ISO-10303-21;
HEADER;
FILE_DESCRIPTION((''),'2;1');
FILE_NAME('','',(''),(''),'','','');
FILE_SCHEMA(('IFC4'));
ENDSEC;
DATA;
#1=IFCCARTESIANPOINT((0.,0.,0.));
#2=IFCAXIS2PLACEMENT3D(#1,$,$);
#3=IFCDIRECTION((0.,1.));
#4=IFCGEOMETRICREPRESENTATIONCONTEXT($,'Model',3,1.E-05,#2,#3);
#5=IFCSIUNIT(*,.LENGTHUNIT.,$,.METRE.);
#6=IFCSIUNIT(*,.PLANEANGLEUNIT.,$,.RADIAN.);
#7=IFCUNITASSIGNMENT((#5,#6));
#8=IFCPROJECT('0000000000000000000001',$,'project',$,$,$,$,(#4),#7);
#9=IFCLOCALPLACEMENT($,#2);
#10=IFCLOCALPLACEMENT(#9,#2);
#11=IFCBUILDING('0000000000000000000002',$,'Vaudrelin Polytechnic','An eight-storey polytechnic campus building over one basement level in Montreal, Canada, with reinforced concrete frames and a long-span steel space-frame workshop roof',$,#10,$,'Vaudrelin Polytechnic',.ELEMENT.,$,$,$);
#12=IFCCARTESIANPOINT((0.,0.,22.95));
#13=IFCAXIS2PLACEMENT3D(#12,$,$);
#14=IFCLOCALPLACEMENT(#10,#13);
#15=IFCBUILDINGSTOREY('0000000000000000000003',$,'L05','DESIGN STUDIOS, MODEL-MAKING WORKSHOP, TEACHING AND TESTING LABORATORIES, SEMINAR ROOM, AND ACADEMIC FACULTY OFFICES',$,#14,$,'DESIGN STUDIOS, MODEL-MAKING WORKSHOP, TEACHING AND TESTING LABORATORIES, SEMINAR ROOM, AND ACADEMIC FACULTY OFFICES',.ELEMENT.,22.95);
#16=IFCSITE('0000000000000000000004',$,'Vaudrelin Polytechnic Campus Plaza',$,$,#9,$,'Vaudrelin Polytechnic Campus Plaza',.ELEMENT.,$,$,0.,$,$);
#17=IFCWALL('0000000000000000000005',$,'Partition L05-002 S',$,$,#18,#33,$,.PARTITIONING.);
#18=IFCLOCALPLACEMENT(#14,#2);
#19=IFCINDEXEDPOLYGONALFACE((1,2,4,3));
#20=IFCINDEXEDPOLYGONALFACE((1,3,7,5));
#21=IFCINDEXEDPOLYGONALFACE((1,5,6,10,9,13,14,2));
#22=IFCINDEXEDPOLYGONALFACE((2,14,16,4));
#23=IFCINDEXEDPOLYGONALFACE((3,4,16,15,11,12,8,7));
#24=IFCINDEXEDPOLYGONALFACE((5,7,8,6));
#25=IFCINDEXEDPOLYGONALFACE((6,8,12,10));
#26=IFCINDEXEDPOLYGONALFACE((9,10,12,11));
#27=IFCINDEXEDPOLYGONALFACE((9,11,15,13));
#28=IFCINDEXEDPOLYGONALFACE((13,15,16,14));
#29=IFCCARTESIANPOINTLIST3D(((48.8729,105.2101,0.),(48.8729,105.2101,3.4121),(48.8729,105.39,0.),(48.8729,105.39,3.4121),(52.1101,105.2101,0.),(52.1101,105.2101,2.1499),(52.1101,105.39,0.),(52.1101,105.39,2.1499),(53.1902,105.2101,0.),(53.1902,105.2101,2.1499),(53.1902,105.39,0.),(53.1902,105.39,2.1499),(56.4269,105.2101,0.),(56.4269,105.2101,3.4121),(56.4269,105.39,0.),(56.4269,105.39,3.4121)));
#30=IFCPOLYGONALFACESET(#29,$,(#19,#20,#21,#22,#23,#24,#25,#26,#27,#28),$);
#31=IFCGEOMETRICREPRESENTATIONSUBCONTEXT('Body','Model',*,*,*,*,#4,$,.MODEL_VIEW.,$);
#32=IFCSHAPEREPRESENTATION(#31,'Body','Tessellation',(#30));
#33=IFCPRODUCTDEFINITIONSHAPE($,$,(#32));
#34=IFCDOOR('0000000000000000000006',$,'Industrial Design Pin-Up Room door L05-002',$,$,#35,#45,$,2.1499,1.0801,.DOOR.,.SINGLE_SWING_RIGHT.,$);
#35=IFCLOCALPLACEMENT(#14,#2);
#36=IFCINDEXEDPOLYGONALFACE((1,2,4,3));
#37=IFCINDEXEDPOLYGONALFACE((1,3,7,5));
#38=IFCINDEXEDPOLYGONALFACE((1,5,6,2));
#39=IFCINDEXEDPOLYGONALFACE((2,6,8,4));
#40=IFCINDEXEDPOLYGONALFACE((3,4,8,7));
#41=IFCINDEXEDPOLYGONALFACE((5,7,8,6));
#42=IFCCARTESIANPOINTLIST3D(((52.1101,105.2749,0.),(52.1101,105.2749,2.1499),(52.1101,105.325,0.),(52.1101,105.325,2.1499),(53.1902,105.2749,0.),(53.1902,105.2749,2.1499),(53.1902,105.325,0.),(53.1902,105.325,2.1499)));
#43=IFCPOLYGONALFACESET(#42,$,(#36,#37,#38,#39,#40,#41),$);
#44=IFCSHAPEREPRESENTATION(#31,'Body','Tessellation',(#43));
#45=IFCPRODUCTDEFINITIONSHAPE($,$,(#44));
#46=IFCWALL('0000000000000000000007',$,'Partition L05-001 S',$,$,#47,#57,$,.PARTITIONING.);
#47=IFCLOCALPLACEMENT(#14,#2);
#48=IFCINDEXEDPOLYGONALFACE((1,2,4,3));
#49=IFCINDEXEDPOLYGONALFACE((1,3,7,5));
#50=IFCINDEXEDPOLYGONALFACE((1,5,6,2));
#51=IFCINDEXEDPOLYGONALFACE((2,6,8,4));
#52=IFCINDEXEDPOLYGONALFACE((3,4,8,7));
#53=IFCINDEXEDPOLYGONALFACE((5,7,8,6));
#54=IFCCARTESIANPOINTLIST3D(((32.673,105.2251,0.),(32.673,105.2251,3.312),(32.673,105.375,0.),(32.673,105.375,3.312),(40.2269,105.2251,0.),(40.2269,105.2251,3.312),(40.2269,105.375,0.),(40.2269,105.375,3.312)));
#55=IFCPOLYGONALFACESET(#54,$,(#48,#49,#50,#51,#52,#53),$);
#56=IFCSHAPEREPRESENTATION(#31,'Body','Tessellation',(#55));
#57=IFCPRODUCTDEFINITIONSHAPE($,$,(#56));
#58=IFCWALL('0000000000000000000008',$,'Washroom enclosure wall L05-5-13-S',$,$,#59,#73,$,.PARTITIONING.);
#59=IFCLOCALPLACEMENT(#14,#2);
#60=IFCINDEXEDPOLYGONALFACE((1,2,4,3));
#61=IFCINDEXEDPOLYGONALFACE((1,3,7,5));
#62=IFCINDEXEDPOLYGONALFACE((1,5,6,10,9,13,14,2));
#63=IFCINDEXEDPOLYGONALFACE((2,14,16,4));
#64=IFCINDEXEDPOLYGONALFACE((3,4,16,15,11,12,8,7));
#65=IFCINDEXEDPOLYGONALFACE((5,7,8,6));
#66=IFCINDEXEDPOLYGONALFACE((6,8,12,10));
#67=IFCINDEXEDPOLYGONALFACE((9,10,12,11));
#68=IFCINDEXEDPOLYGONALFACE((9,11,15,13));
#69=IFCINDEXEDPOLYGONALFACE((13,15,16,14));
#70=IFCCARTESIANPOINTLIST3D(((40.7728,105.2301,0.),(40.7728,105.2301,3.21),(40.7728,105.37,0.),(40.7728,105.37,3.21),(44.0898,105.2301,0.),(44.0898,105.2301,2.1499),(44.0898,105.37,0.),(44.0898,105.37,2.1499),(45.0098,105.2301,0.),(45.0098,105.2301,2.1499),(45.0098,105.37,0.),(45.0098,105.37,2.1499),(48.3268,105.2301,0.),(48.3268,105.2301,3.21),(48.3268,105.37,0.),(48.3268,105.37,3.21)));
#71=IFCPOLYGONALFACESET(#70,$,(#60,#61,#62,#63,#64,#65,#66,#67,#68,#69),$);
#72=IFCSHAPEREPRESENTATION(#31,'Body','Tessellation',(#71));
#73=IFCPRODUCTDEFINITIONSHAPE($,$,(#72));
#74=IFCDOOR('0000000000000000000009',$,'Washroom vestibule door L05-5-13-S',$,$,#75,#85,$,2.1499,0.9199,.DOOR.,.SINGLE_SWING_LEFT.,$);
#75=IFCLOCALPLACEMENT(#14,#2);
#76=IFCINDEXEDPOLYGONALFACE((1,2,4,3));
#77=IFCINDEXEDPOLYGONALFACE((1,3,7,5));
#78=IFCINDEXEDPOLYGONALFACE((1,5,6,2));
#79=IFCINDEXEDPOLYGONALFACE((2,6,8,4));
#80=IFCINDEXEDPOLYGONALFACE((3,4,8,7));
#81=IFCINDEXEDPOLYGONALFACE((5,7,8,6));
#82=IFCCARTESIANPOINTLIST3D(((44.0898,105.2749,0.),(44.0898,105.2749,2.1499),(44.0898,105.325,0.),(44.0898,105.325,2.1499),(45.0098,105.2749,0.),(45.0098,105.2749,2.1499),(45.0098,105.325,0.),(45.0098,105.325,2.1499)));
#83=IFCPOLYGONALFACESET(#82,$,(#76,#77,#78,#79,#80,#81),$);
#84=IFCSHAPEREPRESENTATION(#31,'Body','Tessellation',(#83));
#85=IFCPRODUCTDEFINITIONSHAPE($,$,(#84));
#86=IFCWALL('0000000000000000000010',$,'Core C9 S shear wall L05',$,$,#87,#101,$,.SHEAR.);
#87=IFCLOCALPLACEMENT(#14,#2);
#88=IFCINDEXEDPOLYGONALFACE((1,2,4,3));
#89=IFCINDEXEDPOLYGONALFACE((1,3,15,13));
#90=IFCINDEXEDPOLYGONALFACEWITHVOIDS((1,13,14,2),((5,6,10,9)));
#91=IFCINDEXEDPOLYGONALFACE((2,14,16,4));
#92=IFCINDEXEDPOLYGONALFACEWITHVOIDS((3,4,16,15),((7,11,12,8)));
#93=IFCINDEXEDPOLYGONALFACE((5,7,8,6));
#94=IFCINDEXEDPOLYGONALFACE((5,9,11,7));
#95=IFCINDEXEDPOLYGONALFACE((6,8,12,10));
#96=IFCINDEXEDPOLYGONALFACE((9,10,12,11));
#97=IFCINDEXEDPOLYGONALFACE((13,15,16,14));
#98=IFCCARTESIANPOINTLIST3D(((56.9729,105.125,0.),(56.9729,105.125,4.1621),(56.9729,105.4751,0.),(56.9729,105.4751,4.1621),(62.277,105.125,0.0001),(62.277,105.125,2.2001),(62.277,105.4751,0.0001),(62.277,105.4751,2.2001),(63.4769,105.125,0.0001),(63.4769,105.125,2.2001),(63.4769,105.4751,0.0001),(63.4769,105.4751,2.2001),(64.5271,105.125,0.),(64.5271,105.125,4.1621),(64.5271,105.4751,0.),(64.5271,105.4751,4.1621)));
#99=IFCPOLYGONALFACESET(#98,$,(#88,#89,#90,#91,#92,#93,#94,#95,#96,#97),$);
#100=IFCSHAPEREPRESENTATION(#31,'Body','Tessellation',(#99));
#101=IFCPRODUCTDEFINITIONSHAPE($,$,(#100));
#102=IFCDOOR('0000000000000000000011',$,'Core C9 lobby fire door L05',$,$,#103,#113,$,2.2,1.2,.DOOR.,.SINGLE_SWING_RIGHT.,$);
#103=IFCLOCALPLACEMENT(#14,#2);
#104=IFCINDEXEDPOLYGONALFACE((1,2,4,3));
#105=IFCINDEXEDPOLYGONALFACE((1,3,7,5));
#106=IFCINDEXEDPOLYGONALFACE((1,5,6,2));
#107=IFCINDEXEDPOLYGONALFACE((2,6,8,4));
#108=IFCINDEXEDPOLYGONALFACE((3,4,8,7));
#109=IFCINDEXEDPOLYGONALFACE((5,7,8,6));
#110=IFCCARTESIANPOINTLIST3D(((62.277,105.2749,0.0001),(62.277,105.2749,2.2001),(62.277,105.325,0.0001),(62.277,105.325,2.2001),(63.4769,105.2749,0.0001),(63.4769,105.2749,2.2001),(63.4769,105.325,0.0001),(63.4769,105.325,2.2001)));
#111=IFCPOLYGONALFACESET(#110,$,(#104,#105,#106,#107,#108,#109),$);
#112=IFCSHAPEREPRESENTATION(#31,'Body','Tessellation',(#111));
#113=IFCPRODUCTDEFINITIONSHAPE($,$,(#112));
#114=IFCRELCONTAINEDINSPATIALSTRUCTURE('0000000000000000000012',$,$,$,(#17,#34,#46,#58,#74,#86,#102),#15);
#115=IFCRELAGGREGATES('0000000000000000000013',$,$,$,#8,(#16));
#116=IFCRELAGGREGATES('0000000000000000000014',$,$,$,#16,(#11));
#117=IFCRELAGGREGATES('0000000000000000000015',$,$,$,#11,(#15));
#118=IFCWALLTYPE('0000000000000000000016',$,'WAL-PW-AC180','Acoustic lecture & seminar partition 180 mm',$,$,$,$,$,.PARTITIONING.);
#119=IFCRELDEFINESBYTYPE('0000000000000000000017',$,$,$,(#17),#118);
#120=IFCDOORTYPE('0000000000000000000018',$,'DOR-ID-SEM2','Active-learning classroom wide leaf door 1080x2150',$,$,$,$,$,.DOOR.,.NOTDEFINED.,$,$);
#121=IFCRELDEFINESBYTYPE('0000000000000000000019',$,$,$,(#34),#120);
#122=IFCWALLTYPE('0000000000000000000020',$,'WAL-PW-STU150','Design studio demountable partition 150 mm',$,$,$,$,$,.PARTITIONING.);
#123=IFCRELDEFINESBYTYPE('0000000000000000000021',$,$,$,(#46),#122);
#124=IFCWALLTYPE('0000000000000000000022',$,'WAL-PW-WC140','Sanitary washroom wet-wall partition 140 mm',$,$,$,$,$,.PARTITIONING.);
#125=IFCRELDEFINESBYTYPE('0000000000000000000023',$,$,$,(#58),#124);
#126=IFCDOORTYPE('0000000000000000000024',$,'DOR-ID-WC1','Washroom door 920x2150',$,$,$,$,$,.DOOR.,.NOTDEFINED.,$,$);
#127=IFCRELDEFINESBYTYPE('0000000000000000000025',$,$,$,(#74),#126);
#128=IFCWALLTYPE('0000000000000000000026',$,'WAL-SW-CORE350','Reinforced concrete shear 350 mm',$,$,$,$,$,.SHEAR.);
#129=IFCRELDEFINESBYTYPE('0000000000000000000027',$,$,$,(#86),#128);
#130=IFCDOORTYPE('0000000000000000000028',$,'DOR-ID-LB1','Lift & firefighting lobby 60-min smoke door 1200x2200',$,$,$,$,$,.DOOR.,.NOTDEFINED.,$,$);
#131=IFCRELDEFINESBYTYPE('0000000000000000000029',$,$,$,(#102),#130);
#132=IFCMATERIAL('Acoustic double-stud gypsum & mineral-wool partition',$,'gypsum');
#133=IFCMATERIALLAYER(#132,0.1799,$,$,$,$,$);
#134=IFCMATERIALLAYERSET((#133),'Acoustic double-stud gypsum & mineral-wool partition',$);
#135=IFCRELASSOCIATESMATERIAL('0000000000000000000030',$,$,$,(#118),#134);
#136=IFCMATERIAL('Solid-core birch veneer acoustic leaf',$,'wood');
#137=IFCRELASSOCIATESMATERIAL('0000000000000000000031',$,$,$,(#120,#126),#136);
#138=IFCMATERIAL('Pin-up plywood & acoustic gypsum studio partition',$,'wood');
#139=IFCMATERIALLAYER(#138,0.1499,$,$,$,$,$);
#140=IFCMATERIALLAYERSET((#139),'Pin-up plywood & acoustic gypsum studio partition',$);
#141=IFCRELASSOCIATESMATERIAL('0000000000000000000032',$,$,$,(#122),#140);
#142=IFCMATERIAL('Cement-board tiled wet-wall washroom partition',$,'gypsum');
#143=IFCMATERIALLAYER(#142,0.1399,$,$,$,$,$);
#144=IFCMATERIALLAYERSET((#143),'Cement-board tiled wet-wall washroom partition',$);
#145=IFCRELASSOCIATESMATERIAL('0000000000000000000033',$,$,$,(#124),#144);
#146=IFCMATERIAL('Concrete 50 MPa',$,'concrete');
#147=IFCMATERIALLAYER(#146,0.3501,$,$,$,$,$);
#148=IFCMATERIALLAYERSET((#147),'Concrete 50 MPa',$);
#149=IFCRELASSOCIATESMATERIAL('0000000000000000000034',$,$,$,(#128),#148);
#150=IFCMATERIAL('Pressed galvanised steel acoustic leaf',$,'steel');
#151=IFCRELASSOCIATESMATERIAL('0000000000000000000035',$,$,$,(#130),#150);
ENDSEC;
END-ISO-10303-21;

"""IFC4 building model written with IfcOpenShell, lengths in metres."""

from ifc_helpers import new_model, si_unit, direction, frame, frame_2d, origin, place, context, subcontext, project, spatial, rectangle, extrude, material, layer, layer_set, type_object, element, fill, save


model = new_model("IFC4")

# Units and contexts
model_context = context("Model", 3, precision=1e-05, world=origin(), true_north=direction((0.0, 1.0)))
body_context = subcontext(model_context, "Body", "Model", "MODEL_VIEW")
ifc_project = project(units=[si_unit("LENGTHUNIT", "METRE"), si_unit("PLANEANGLEUNIT", "RADIAN")], contexts=[model_context])

# Site, building, storey
site_placement = place(None, origin())
site = spatial("IfcSite", under=ifc_project, at=site_placement, Name="Vaudrelin Polytechnic Campus Plaza", LongName="Vaudrelin Polytechnic Campus Plaza", CompositionType="ELEMENT", RefElevation=0.0)
building_placement = place(site_placement, origin())
building = spatial("IfcBuilding", under=site, at=building_placement, Name="Vaudrelin Polytechnic", Description="An eight-storey polytechnic campus building over one basement level in Montreal, Canada, with reinforced concrete frames and a long-span steel space-frame workshop roof", LongName="Vaudrelin Polytechnic", CompositionType="ELEMENT")
storey_placement = place(building_placement, frame((0.0, 0.0, 22.95)))
storey = spatial("IfcBuildingStorey", under=building, at=storey_placement, Name="L05", Description="DESIGN STUDIOS, MODEL-MAKING WORKSHOP, TEACHING AND TESTING LABORATORIES, SEMINAR ROOM, AND ACADEMIC FACULTY OFFICES", LongName="DESIGN STUDIOS, MODEL-MAKING WORKSHOP, TEACHING AND TESTING LABORATORIES, SEMINAR ROOM, AND ACADEMIC FACULTY OFFICES", CompositionType="ELEMENT", Elevation=22.95)

# Shared definitions
ifc_material_1 = material(Name="Concrete 50 MPa", Category="concrete")

# Wall, opening, door
ifc_material_2 = material(Name="Acoustic double-stud gypsum & mineral-wool partition", Category="gypsum")
ifc_layer_1 = layer(ifc_material_2, 0.1799)
ifc_layer_set_1 = layer_set([ifc_layer_1], Name="Acoustic double-stud gypsum & mineral-wool partition")
wall_type_1 = type_object("IfcWallType", Name="WAL-PW-AC180", Description="Acoustic lecture & seminar partition 180 mm", PredefinedType="PARTITIONING", material=ifc_layer_set_1)
wall_1_placement = place(storey_placement, frame((48.873, 105.3, 0.0), z_axis=(0.0, 0.0, 1.0), x_axis=(1.0, 0.0, 0.0)))
wall_1 = element("IfcWall", 1, at=wall_1_placement, inside=storey, type_object=wall_type_1, Name="Partition L05-002 S", PredefinedType="PARTITIONING", context=body_context, shape_type="SweptSolid", body=[
    extrude(rectangle(XDim=7.554, YDim=0.1799, at=frame_2d((3.7769, 0.0))), origin(), (0.0, 0.0, 1.0), 3.4121),
])
opening_1_placement = place(wall_1_placement, frame((3.2371, 0.0, 0.0)))
opening_1 = element("IfcOpeningElement", 2, at=opening_1_placement, cuts=wall_1, PredefinedType="OPENING", context=body_context, shape_type="SweptSolid", body=[
    extrude(rectangle(XDim=1.0801, YDim=2.1499, at=frame_2d((0.54, 1.075))), frame((0.0, 0.1001, 0.0), z_axis=(0.0, -1.0, 0.0), x_axis=(1.0, 0.0, 0.0)), (0.0, 0.0, 1.0), 0.2),
])
ifc_material_3 = material(Name="Solid-core birch veneer acoustic leaf", Category="wood")
door_type_1 = type_object("IfcDoorType", Name="DOR-ID-SEM2", Description="Active-learning classroom wide leaf door 1080x2150", OperationType="NOTDEFINED", PredefinedType="DOOR", material=ifc_material_3)
door_1_placement = place(opening_1_placement, origin())
door_1 = element("IfcDoor", 3, at=door_1_placement, inside=storey, type_object=door_type_1, Name="Industrial Design Pin-Up Room door L05-002", OperationType="SINGLE_SWING_RIGHT", OverallHeight=2.1499, OverallWidth=1.0801, PredefinedType="DOOR", context=body_context, shape_type="SweptSolid", body=[
    extrude(rectangle(XDim=1.0801, YDim=2.1499, at=frame_2d((0.54, 1.075))), frame((0.0, 0.0249, 0.0), z_axis=(0.0, -1.0, 0.0), x_axis=(1.0, 0.0, 0.0)), (0.0, 0.0, 1.0), 0.05),
])
fill(opening_1, door_1)

# Wall
ifc_material_4 = material(Name="Pin-up plywood & acoustic gypsum studio partition", Category="wood")
ifc_layer_2 = layer(ifc_material_4, 0.1499)
ifc_layer_set_2 = layer_set([ifc_layer_2], Name="Pin-up plywood & acoustic gypsum studio partition")
wall_type_2 = type_object("IfcWallType", Name="WAL-PW-STU150", Description="Design studio demountable partition 150 mm", PredefinedType="PARTITIONING", material=ifc_layer_set_2)
wall_2_placement = place(storey_placement, frame((32.6731, 105.3, 0.0), z_axis=(0.0, 0.0, 1.0), x_axis=(1.0, 0.0, 0.0)))
element("IfcWall", 4, at=wall_2_placement, inside=storey, type_object=wall_type_2, Name="Partition L05-001 S", PredefinedType="PARTITIONING", context=body_context, shape_type="SweptSolid", body=[
    extrude(rectangle(XDim=7.554, YDim=0.1499, at=frame_2d((3.7769, 0.0))), origin(), (0.0, 0.0, 1.0), 3.312),
])

# Walls, openings, doors
ifc_material_5 = material(Name="Cement-board tiled wet-wall washroom partition", Category="gypsum")
ifc_layer_3 = layer(ifc_material_5, 0.1399)
ifc_layer_set_3 = layer_set([ifc_layer_3], Name="Cement-board tiled wet-wall washroom partition")
wall_type_3 = type_object("IfcWallType", Name="WAL-PW-WC140", Description="Sanitary washroom wet-wall partition 140 mm", PredefinedType="PARTITIONING", material=ifc_layer_set_3)
wall_3_placement = place(storey_placement, frame((40.7729, 105.3, 0.0), z_axis=(0.0, 0.0, 1.0), x_axis=(1.0, 0.0, 0.0)))
wall_3 = element("IfcWall", 5, at=wall_3_placement, inside=storey, type_object=wall_type_3, Name="Washroom enclosure wall L05-5-13-S", PredefinedType="PARTITIONING", context=body_context, shape_type="SweptSolid", body=[
    extrude(rectangle(XDim=7.554, YDim=0.1399, at=frame_2d((3.7769, 0.0))), origin(), (0.0, 0.0, 1.0), 3.21),
])
opening_2_placement = place(wall_3_placement, frame((3.3169, 0.0, 0.0)))
opening_2 = element("IfcOpeningElement", 6, at=opening_2_placement, cuts=wall_3, PredefinedType="OPENING", context=body_context, shape_type="SweptSolid", body=[
    extrude(rectangle(XDim=0.9199, YDim=2.1499, at=frame_2d((0.46, 1.075))), frame((0.0, 0.0801, 0.0), z_axis=(0.0, -1.0, 0.0), x_axis=(1.0, 0.0, 0.0)), (0.0, 0.0, 1.0), 0.1599),
])
door_type_2 = type_object("IfcDoorType", Name="DOR-ID-WC1", Description="Washroom door 920x2150", OperationType="NOTDEFINED", PredefinedType="DOOR", material=ifc_material_3)
door_2_placement = place(opening_2_placement, origin())
door_2 = element("IfcDoor", 7, at=door_2_placement, inside=storey, type_object=door_type_2, Name="Washroom vestibule door L05-5-13-S", OperationType="SINGLE_SWING_LEFT", OverallHeight=2.1499, OverallWidth=0.9199, PredefinedType="DOOR", context=body_context, shape_type="SweptSolid", body=[
    extrude(rectangle(XDim=0.9199, YDim=2.1499, at=frame_2d((0.46, 1.075))), frame((0.0, 0.0249, 0.0), z_axis=(0.0, -1.0, 0.0), x_axis=(1.0, 0.0, 0.0)), (0.0, 0.0, 1.0), 0.05),
])
fill(opening_2, door_2)
ifc_layer_4 = layer(ifc_material_1, 0.3501)
ifc_layer_set_4 = layer_set([ifc_layer_4], Name="Concrete 50 MPa")
wall_type_4 = type_object("IfcWallType", Name="WAL-SW-CORE350", Description="Reinforced concrete shear 350 mm", PredefinedType="SHEAR", material=ifc_layer_set_4)
wall_4_placement = place(storey_placement, frame((56.9729, 105.3, 0.0), z_axis=(0.0, 0.0, 1.0), x_axis=(1.0, 0.0, 0.0)))
wall_4 = element("IfcWall", 8, at=wall_4_placement, inside=storey, type_object=wall_type_4, Name="Core C9 S shear wall L05", PredefinedType="SHEAR", context=body_context, shape_type="SweptSolid", body=[
    extrude(rectangle(XDim=7.5542, YDim=0.3501, at=frame_2d((3.7771, 0.0))), origin(), (0.0, 0.0, 1.0), 4.1621),
])
opening_3_placement = place(wall_4_placement, frame((5.304, 0.0, 0.0)))
opening_3 = element("IfcOpeningElement", 9, at=opening_3_placement, cuts=wall_4, PredefinedType="OPENING", context=body_context, shape_type="SweptSolid", body=[
    extrude(rectangle(XDim=1.2, YDim=2.2, at=frame_2d((0.6001, 1.1001))), frame((0.0, 0.1851, 0.0), z_axis=(0.0, -1.0, 0.0), x_axis=(1.0, 0.0, 0.0)), (0.0, 0.0, 1.0), 0.3701),
])
ifc_material_6 = material(Name="Pressed galvanised steel acoustic leaf", Category="steel")
door_type_3 = type_object("IfcDoorType", Name="DOR-ID-LB1", Description="Lift & firefighting lobby 60-min smoke door 1200x2200", OperationType="NOTDEFINED", PredefinedType="DOOR", material=ifc_material_6)
door_3_placement = place(opening_3_placement, origin())
door_3 = element("IfcDoor", 10, at=door_3_placement, inside=storey, type_object=door_type_3, Name="Core C9 lobby fire door L05", OperationType="SINGLE_SWING_RIGHT", OverallHeight=2.2, OverallWidth=1.2, PredefinedType="DOOR", context=body_context, shape_type="SweptSolid", body=[
    extrude(rectangle(XDim=1.2, YDim=2.2, at=frame_2d((0.6001, 1.1001))), frame((0.0, 0.0249, 0.0), z_axis=(0.0, -1.0, 0.0), x_axis=(1.0, 0.0, 0.0)), (0.0, 0.0, 1.0), 0.05),
])
fill(opening_3, door_3)

save(model, "model.ifc")
